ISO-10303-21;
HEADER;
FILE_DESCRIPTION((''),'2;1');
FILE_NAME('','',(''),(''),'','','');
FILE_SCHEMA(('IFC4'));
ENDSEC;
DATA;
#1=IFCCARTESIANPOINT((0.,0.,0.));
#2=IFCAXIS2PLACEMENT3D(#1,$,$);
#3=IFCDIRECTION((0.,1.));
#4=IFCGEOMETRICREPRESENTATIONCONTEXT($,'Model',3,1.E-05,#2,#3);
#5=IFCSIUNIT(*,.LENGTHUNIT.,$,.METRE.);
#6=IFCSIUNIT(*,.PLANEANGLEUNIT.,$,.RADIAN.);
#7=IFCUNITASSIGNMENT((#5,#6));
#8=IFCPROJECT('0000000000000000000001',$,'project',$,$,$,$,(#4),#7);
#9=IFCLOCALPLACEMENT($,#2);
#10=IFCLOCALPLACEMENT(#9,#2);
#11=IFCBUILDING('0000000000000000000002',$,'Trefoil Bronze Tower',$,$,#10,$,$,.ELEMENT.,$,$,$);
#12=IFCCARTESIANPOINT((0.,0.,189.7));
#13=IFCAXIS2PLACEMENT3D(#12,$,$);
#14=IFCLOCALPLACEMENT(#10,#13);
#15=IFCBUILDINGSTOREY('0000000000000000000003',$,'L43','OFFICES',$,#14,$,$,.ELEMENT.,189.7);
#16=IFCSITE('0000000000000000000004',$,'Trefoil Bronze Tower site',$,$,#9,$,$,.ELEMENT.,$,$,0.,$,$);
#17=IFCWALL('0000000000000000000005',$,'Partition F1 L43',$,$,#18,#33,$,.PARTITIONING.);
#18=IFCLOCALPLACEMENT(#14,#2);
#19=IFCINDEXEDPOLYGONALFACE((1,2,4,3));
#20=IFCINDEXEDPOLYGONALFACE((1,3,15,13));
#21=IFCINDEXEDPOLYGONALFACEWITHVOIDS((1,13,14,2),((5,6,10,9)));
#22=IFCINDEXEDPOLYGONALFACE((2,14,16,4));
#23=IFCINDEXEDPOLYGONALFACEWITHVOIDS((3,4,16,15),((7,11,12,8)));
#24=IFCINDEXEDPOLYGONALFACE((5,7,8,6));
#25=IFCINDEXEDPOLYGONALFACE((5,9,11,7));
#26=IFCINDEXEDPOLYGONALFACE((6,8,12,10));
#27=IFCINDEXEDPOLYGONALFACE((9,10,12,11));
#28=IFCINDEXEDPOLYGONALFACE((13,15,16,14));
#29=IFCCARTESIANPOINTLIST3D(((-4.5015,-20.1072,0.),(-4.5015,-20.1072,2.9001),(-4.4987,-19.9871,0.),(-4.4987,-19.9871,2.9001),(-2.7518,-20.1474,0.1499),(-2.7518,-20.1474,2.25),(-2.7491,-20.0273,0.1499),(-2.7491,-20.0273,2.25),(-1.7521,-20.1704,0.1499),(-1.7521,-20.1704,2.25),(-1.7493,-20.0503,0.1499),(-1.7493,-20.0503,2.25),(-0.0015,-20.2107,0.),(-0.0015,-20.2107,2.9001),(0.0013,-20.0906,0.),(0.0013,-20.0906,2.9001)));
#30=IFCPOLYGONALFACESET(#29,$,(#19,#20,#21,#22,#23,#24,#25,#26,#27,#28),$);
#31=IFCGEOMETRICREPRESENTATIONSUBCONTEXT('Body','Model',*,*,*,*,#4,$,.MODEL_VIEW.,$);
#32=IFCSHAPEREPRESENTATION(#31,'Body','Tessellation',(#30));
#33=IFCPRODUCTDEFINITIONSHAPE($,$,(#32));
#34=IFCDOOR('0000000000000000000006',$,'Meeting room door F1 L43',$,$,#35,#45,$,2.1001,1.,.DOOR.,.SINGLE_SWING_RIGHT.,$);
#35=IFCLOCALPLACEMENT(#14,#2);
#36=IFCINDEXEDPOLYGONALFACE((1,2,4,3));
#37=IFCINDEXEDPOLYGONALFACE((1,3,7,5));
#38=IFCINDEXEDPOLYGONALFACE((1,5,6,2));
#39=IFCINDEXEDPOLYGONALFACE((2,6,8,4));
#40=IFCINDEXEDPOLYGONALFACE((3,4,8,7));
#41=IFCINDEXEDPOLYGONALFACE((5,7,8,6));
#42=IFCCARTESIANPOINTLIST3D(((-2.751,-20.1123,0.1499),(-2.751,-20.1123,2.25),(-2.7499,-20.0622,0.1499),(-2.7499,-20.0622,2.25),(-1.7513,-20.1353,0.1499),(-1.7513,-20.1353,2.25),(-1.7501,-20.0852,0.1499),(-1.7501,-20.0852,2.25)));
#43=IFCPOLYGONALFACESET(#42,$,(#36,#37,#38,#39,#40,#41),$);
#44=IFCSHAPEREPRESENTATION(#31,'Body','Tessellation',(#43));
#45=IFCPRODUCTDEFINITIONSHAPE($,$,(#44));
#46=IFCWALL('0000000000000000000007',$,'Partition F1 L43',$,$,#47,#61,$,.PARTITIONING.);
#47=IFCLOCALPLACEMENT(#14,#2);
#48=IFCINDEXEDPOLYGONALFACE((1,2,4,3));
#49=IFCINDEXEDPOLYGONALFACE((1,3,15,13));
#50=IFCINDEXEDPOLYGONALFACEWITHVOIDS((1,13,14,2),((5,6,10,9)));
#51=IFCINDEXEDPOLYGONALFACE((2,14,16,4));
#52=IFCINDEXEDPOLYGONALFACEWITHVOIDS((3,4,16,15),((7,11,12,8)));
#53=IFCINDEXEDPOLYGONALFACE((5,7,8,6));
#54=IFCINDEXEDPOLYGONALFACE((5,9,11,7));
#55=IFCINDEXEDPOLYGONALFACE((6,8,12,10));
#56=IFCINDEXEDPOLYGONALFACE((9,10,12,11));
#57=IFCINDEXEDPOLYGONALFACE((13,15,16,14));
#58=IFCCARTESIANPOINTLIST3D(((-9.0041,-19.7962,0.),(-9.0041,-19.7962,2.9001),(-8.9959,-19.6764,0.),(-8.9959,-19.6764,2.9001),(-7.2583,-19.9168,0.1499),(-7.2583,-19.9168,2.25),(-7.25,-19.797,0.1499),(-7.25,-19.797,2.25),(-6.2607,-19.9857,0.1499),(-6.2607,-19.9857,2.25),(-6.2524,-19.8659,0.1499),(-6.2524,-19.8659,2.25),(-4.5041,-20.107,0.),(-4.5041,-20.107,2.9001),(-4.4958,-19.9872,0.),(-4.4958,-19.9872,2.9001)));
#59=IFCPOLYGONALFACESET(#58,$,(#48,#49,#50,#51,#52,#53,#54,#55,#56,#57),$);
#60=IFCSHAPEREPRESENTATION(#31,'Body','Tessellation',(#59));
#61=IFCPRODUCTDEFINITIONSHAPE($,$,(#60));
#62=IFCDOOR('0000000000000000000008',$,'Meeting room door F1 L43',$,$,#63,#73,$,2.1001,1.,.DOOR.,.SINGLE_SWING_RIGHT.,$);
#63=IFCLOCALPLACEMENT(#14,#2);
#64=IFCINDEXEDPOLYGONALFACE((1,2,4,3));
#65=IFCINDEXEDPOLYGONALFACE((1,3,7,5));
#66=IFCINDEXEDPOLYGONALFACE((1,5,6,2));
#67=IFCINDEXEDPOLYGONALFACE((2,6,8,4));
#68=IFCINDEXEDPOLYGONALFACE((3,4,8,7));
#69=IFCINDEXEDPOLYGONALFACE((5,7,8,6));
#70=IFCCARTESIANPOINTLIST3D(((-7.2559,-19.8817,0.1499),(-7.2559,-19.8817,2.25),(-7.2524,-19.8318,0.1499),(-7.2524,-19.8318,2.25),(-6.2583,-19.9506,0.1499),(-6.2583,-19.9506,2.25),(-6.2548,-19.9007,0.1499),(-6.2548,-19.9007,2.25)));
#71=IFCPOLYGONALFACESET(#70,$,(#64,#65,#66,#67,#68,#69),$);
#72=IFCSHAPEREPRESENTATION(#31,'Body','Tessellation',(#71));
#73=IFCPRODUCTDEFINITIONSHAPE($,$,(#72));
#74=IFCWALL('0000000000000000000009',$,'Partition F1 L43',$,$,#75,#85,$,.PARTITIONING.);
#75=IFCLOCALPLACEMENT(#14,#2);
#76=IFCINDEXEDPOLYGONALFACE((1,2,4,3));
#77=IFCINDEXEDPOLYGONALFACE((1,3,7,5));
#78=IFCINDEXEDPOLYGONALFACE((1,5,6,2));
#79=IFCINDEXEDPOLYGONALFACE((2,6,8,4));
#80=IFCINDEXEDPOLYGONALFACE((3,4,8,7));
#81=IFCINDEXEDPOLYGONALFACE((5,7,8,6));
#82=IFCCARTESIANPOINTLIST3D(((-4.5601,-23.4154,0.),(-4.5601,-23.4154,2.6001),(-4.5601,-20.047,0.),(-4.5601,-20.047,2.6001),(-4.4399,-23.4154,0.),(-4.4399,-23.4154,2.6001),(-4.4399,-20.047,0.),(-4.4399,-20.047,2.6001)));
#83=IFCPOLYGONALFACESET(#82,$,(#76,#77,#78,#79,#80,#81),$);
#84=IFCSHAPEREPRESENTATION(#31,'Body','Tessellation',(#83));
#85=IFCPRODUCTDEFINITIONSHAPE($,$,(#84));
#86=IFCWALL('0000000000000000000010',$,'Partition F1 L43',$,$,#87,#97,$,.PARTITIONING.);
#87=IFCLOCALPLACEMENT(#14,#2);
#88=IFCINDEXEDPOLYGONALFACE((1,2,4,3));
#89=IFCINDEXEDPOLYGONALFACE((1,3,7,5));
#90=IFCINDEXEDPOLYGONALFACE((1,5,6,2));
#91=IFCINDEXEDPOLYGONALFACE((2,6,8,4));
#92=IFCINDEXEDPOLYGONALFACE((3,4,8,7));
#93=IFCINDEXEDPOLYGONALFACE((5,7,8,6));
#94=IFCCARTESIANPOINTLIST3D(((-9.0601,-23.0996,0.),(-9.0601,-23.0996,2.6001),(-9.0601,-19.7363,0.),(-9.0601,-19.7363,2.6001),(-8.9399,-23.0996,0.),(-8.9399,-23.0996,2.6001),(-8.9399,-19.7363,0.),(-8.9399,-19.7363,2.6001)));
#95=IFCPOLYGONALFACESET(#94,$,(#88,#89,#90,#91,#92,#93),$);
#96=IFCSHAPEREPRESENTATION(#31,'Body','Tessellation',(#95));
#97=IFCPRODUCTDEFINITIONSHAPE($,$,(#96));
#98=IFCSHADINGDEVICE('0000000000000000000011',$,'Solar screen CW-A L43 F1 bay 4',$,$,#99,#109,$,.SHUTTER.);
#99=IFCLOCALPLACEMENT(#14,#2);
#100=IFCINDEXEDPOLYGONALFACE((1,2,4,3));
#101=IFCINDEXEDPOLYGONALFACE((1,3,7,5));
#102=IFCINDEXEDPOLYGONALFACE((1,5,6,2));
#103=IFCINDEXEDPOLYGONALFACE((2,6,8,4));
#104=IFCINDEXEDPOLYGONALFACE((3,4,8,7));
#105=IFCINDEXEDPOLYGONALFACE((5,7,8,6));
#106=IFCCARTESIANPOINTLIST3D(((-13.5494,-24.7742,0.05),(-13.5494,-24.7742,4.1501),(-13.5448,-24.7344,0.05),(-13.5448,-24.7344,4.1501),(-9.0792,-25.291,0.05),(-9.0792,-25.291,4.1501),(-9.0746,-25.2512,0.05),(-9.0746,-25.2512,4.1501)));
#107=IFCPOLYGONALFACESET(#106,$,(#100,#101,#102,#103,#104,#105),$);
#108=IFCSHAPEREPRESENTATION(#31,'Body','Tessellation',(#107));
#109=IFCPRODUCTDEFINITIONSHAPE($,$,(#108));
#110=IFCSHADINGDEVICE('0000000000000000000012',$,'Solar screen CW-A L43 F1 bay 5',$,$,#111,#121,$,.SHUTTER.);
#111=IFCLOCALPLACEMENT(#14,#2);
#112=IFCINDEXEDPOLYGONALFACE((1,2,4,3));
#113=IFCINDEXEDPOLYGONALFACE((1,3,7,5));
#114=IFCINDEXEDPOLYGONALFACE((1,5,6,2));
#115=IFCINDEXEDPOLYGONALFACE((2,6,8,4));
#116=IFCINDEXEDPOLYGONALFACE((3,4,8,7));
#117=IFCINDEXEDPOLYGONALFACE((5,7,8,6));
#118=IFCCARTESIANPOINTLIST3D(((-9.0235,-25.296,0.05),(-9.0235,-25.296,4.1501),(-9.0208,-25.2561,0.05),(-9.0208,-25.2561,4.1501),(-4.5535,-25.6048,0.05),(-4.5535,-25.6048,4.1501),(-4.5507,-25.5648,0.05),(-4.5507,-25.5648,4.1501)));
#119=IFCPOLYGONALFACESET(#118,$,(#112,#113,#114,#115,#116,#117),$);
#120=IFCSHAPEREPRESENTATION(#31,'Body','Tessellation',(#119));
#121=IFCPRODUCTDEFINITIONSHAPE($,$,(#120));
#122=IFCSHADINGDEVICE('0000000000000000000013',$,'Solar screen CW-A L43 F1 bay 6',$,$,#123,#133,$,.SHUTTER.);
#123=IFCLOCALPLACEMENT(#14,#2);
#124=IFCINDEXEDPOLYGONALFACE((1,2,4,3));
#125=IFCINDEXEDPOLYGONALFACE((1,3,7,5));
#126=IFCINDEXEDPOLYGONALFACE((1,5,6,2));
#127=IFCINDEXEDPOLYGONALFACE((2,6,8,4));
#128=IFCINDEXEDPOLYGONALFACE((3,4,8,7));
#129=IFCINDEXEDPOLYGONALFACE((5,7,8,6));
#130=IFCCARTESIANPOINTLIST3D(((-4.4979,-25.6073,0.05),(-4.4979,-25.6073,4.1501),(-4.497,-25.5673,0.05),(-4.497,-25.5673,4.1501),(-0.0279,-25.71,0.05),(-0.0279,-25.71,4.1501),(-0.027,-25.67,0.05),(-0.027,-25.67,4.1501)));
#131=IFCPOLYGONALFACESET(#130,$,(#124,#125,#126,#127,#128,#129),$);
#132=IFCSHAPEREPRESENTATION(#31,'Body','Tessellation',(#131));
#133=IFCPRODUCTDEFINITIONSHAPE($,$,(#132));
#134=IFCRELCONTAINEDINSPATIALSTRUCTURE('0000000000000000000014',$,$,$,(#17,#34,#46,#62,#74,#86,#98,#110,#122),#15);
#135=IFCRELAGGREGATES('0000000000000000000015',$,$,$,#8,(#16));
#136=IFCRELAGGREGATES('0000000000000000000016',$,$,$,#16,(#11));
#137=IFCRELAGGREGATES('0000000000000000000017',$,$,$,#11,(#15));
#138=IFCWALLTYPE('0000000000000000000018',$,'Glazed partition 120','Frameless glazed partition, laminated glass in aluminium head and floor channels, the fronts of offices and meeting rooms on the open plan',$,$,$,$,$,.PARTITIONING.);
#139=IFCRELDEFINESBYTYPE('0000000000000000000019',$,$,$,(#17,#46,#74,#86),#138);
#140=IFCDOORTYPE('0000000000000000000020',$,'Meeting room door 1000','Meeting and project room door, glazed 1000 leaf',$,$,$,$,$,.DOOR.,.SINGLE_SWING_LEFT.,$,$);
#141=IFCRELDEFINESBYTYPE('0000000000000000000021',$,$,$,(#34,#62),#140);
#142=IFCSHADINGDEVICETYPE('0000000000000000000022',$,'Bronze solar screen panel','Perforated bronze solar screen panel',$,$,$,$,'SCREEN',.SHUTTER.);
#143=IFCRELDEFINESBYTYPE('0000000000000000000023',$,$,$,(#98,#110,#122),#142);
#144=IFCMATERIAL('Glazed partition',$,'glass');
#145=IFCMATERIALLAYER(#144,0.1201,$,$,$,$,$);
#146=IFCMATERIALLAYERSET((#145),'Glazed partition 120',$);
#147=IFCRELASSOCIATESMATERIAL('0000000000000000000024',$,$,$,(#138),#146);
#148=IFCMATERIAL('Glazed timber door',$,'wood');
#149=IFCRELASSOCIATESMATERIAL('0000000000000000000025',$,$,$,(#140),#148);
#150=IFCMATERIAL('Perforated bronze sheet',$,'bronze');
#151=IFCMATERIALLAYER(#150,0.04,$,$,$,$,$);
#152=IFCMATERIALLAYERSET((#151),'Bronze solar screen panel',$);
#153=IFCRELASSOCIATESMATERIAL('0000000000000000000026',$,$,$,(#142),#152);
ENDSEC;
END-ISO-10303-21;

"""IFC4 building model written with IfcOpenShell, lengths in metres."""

from ifc_helpers import new_model, si_unit, direction, frame, frame_2d, origin, origin_2d, place, context, subcontext, project, spatial, rectangle, extrude, material, layer, layer_set, type_object, element, fill, save


model = new_model("IFC4")

# Units and contexts
model_context = context("Model", 3, precision=1e-05, world=origin(), true_north=direction((0.0, 1.0)))
body_context = subcontext(model_context, "Body", "Model", "MODEL_VIEW")
ifc_project = project(units=[si_unit("LENGTHUNIT", "METRE"), si_unit("PLANEANGLEUNIT", "RADIAN")], contexts=[model_context])

# Site, building, storey
site_placement = place(None, origin())
site = spatial("IfcSite", under=ifc_project, at=site_placement, Name="Trefoil Bronze Tower site", CompositionType="ELEMENT", RefElevation=0.0)
building_placement = place(site_placement, origin())
building = spatial("IfcBuilding", under=site, at=building_placement, Name="Trefoil Bronze Tower", CompositionType="ELEMENT")
storey_placement = place(building_placement, frame((0.0, 0.0, 189.7)))
storey = spatial("IfcBuildingStorey", under=building, at=storey_placement, Name="L43", Description="OFFICES", CompositionType="ELEMENT", Elevation=189.7)

# Walls, openings, doors
ifc_material_1 = material(Name="Glazed partition", Category="glass")
ifc_layer_1 = layer(ifc_material_1, 0.1201)
ifc_layer_set_1 = layer_set([ifc_layer_1], Name="Glazed partition 120")
wall_type = type_object("IfcWallType", Name="Glazed partition 120", Description="Frameless glazed partition, laminated glass in aluminium head and floor channels, the fronts of offices and meeting rooms on the open plan", PredefinedType="PARTITIONING", material=ifc_layer_set_1)
wall_1_placement = place(storey_placement, frame((-4.5, -20.0471, 0.0), z_axis=(0.0, 0.0, 1.0), x_axis=(0.999736, -0.022997, 0.0)))
wall_1 = element("IfcWall", 1, at=wall_1_placement, inside=storey, type_object=wall_type, Name="Partition F1 L43", PredefinedType="PARTITIONING", context=body_context, shape_type="SweptSolid", body=[
    extrude(rectangle(XDim=4.5012, YDim=0.1201, at=frame_2d((2.2505, 0.0))), origin(), (0.0, 0.0, 1.0), 2.9001),
])
opening_1_placement = place(wall_1_placement, frame((1.75, 0.0, 0.1499)))
opening_1 = element("IfcOpeningElement", 2, at=opening_1_placement, cuts=wall_1, PredefinedType="OPENING", context=body_context, shape_type="SweptSolid", body=[
    extrude(rectangle(XDim=1.0, YDim=2.1001, at=frame_2d((0.5, 1.05))), frame((0.0, 0.0701, 0.0), z_axis=(0.0, -1.0, 0.0), x_axis=(1.0, 0.0, 0.0)), (0.0, 0.0, 1.0), 0.1401),
])
ifc_material_2 = material(Name="Glazed timber door", Category="wood")
door_type_1 = type_object("IfcDoorType", Name="Meeting room door 1000", Description="Meeting and project room door, glazed 1000 leaf", OperationType="SINGLE_SWING_LEFT", PredefinedType="DOOR", material=ifc_material_2)
door_1_placement = place(opening_1_placement, frame((1.0, 0.0, 0.0), z_axis=(0.0, 0.0, 1.0), x_axis=(-1.0, 0.0, 0.0)))
door_1 = element("IfcDoor", 3, at=door_1_placement, inside=storey, type_object=door_type_1, Name="Meeting room door F1 L43", OperationType="SINGLE_SWING_RIGHT", OverallHeight=2.1001, OverallWidth=1.0, PredefinedType="DOOR", context=body_context, shape_type="SweptSolid", body=[
    extrude(rectangle(XDim=1.0, YDim=2.1001, at=frame_2d((0.5, 1.05))), frame((0.0, 0.0249, 0.0), z_axis=(0.0, -1.0, 0.0), x_axis=(1.0, 0.0, 0.0)), (0.0, 0.0, 1.0), 0.05),
])
fill(opening_1, door_1)
wall_2_placement = place(storey_placement, frame((-9.0, -19.7363, 0.0), z_axis=(0.0, 0.0, 1.0), x_axis=(0.997624, -0.068901, 0.0)))
wall_2 = element("IfcWall", 4, at=wall_2_placement, inside=storey, type_object=wall_type, Name="Partition F1 L43", PredefinedType="PARTITIONING", context=body_context, shape_type="SweptSolid", body=[
    extrude(rectangle(XDim=4.5107, YDim=0.1201, at=frame_2d((2.2554, 0.0))), origin(), (0.0, 0.0, 1.0), 2.9001),
])
opening_2_placement = place(wall_2_placement, frame((1.75, 0.0, 0.1499)))
opening_2 = element("IfcOpeningElement", 5, at=opening_2_placement, cuts=wall_2, PredefinedType="OPENING", context=body_context, shape_type="SweptSolid", body=[
    extrude(rectangle(XDim=1.0, YDim=2.1001, at=frame_2d((0.5, 1.05))), frame((0.0, 0.0701, 0.0), z_axis=(0.0, -1.0, 0.0), x_axis=(1.0, 0.0, 0.0)), (0.0, 0.0, 1.0), 0.1401),
])
door_2_placement = place(opening_2_placement, frame((1.0, 0.0, 0.0), z_axis=(0.0, 0.0, 1.0), x_axis=(-1.0, 0.0, 0.0)))
door_2 = element("IfcDoor", 6, at=door_2_placement, inside=storey, type_object=door_type_1, Name="Meeting room door F1 L43", OperationType="SINGLE_SWING_RIGHT", OverallHeight=2.1001, OverallWidth=1.0, PredefinedType="DOOR", context=body_context, shape_type="SweptSolid", body=[
    extrude(rectangle(XDim=1.0, YDim=2.1001, at=frame_2d((0.5, 1.05))), frame((0.0, 0.0249, 0.0), z_axis=(0.0, -1.0, 0.0), x_axis=(1.0, 0.0, 0.0)), (0.0, 0.0, 1.0), 0.05),
])
fill(opening_2, door_2)

# Walls
wall_3_placement = place(storey_placement, frame((-4.5, -20.0471, 0.0), z_axis=(0.0, 0.0, 1.0), x_axis=(0.0, -1.0, 0.0)))
element("IfcWall", 7, at=wall_3_placement, inside=storey, type_object=wall_type, Name="Partition F1 L43", PredefinedType="PARTITIONING", context=body_context, shape_type="SweptSolid", body=[
    extrude(rectangle(XDim=3.3684, YDim=0.1201, at=frame_2d((1.6841, 0.0))), origin(), (0.0, 0.0, 1.0), 2.6001),
])
wall_4_placement = place(storey_placement, frame((-9.0, -19.7363, 0.0), z_axis=(0.0, 0.0, 1.0), x_axis=(0.0, -1.0, 0.0)))
element("IfcWall", 8, at=wall_4_placement, inside=storey, type_object=wall_type, Name="Partition F1 L43", PredefinedType="PARTITIONING", context=body_context, shape_type="SweptSolid", body=[
    extrude(rectangle(XDim=3.3633, YDim=0.1201, at=frame_2d((1.6816, 0.0))), origin(), (0.0, 0.0, 1.0), 2.6001),
])

# Shading devices
ifc_material_3 = material(Name="Perforated bronze sheet", Category="bronze")
ifc_layer_2 = layer(ifc_material_3, 0.04)
ifc_layer_set_2 = layer_set([ifc_layer_2], Name="Bronze solar screen panel")
shading_device_type = type_object("IfcShadingDeviceType", Name="Bronze solar screen panel", Description="Perforated bronze solar screen panel", ElementType="SCREEN", PredefinedType="SHUTTER", material=ifc_layer_set_2)
shading_device_1_placement = place(storey_placement, frame((-11.312, -25.0127, 0.05), z_axis=(0.0, 0.0, 1.0), x_axis=(0.993382, -0.114859, 0.0)))
element("IfcShadingDevice", 9, at=shading_device_1_placement, inside=storey, type_object=shading_device_type, Name="Solar screen CW-A L43 F1 bay 4", PredefinedType="SHUTTER", context=body_context, shape_type="SweptSolid", body=[
    extrude(rectangle(XDim=4.5, YDim=0.04, at=origin_2d()), origin(), (0.0, 0.0, 1.0), 4.1001),
])
shading_device_2_placement = place(storey_placement, frame((-6.7871, -25.4304, 0.05), z_axis=(0.0, 0.0, 1.0), x_axis=(0.997623, -0.068915, 0.0)))
element("IfcShadingDevice", 10, at=shading_device_2_placement, inside=storey, type_object=shading_device_type, Name="Solar screen CW-A L43 F1 bay 5", PredefinedType="SHUTTER", context=body_context, shape_type="SweptSolid", body=[
    extrude(rectangle(XDim=4.4807, YDim=0.04, at=origin_2d()), origin(), (0.0, 0.0, 1.0), 4.1001),
])
shading_device_3_placement = place(storey_placement, frame((-2.2625, -25.6387, 0.05), z_axis=(0.0, 0.0, 1.0), x_axis=(0.999736, -0.022972, 0.0)))
element("IfcShadingDevice", 11, at=shading_device_3_placement, inside=storey, type_object=shading_device_type, Name="Solar screen CW-A L43 F1 bay 6", PredefinedType="SHUTTER", context=body_context, shape_type="SweptSolid", body=[
    extrude(rectangle(XDim=4.4712, YDim=0.04, at=origin_2d()), origin(), (0.0, 0.0, 1.0), 4.1001),
])

save(model, "model.ifc")
